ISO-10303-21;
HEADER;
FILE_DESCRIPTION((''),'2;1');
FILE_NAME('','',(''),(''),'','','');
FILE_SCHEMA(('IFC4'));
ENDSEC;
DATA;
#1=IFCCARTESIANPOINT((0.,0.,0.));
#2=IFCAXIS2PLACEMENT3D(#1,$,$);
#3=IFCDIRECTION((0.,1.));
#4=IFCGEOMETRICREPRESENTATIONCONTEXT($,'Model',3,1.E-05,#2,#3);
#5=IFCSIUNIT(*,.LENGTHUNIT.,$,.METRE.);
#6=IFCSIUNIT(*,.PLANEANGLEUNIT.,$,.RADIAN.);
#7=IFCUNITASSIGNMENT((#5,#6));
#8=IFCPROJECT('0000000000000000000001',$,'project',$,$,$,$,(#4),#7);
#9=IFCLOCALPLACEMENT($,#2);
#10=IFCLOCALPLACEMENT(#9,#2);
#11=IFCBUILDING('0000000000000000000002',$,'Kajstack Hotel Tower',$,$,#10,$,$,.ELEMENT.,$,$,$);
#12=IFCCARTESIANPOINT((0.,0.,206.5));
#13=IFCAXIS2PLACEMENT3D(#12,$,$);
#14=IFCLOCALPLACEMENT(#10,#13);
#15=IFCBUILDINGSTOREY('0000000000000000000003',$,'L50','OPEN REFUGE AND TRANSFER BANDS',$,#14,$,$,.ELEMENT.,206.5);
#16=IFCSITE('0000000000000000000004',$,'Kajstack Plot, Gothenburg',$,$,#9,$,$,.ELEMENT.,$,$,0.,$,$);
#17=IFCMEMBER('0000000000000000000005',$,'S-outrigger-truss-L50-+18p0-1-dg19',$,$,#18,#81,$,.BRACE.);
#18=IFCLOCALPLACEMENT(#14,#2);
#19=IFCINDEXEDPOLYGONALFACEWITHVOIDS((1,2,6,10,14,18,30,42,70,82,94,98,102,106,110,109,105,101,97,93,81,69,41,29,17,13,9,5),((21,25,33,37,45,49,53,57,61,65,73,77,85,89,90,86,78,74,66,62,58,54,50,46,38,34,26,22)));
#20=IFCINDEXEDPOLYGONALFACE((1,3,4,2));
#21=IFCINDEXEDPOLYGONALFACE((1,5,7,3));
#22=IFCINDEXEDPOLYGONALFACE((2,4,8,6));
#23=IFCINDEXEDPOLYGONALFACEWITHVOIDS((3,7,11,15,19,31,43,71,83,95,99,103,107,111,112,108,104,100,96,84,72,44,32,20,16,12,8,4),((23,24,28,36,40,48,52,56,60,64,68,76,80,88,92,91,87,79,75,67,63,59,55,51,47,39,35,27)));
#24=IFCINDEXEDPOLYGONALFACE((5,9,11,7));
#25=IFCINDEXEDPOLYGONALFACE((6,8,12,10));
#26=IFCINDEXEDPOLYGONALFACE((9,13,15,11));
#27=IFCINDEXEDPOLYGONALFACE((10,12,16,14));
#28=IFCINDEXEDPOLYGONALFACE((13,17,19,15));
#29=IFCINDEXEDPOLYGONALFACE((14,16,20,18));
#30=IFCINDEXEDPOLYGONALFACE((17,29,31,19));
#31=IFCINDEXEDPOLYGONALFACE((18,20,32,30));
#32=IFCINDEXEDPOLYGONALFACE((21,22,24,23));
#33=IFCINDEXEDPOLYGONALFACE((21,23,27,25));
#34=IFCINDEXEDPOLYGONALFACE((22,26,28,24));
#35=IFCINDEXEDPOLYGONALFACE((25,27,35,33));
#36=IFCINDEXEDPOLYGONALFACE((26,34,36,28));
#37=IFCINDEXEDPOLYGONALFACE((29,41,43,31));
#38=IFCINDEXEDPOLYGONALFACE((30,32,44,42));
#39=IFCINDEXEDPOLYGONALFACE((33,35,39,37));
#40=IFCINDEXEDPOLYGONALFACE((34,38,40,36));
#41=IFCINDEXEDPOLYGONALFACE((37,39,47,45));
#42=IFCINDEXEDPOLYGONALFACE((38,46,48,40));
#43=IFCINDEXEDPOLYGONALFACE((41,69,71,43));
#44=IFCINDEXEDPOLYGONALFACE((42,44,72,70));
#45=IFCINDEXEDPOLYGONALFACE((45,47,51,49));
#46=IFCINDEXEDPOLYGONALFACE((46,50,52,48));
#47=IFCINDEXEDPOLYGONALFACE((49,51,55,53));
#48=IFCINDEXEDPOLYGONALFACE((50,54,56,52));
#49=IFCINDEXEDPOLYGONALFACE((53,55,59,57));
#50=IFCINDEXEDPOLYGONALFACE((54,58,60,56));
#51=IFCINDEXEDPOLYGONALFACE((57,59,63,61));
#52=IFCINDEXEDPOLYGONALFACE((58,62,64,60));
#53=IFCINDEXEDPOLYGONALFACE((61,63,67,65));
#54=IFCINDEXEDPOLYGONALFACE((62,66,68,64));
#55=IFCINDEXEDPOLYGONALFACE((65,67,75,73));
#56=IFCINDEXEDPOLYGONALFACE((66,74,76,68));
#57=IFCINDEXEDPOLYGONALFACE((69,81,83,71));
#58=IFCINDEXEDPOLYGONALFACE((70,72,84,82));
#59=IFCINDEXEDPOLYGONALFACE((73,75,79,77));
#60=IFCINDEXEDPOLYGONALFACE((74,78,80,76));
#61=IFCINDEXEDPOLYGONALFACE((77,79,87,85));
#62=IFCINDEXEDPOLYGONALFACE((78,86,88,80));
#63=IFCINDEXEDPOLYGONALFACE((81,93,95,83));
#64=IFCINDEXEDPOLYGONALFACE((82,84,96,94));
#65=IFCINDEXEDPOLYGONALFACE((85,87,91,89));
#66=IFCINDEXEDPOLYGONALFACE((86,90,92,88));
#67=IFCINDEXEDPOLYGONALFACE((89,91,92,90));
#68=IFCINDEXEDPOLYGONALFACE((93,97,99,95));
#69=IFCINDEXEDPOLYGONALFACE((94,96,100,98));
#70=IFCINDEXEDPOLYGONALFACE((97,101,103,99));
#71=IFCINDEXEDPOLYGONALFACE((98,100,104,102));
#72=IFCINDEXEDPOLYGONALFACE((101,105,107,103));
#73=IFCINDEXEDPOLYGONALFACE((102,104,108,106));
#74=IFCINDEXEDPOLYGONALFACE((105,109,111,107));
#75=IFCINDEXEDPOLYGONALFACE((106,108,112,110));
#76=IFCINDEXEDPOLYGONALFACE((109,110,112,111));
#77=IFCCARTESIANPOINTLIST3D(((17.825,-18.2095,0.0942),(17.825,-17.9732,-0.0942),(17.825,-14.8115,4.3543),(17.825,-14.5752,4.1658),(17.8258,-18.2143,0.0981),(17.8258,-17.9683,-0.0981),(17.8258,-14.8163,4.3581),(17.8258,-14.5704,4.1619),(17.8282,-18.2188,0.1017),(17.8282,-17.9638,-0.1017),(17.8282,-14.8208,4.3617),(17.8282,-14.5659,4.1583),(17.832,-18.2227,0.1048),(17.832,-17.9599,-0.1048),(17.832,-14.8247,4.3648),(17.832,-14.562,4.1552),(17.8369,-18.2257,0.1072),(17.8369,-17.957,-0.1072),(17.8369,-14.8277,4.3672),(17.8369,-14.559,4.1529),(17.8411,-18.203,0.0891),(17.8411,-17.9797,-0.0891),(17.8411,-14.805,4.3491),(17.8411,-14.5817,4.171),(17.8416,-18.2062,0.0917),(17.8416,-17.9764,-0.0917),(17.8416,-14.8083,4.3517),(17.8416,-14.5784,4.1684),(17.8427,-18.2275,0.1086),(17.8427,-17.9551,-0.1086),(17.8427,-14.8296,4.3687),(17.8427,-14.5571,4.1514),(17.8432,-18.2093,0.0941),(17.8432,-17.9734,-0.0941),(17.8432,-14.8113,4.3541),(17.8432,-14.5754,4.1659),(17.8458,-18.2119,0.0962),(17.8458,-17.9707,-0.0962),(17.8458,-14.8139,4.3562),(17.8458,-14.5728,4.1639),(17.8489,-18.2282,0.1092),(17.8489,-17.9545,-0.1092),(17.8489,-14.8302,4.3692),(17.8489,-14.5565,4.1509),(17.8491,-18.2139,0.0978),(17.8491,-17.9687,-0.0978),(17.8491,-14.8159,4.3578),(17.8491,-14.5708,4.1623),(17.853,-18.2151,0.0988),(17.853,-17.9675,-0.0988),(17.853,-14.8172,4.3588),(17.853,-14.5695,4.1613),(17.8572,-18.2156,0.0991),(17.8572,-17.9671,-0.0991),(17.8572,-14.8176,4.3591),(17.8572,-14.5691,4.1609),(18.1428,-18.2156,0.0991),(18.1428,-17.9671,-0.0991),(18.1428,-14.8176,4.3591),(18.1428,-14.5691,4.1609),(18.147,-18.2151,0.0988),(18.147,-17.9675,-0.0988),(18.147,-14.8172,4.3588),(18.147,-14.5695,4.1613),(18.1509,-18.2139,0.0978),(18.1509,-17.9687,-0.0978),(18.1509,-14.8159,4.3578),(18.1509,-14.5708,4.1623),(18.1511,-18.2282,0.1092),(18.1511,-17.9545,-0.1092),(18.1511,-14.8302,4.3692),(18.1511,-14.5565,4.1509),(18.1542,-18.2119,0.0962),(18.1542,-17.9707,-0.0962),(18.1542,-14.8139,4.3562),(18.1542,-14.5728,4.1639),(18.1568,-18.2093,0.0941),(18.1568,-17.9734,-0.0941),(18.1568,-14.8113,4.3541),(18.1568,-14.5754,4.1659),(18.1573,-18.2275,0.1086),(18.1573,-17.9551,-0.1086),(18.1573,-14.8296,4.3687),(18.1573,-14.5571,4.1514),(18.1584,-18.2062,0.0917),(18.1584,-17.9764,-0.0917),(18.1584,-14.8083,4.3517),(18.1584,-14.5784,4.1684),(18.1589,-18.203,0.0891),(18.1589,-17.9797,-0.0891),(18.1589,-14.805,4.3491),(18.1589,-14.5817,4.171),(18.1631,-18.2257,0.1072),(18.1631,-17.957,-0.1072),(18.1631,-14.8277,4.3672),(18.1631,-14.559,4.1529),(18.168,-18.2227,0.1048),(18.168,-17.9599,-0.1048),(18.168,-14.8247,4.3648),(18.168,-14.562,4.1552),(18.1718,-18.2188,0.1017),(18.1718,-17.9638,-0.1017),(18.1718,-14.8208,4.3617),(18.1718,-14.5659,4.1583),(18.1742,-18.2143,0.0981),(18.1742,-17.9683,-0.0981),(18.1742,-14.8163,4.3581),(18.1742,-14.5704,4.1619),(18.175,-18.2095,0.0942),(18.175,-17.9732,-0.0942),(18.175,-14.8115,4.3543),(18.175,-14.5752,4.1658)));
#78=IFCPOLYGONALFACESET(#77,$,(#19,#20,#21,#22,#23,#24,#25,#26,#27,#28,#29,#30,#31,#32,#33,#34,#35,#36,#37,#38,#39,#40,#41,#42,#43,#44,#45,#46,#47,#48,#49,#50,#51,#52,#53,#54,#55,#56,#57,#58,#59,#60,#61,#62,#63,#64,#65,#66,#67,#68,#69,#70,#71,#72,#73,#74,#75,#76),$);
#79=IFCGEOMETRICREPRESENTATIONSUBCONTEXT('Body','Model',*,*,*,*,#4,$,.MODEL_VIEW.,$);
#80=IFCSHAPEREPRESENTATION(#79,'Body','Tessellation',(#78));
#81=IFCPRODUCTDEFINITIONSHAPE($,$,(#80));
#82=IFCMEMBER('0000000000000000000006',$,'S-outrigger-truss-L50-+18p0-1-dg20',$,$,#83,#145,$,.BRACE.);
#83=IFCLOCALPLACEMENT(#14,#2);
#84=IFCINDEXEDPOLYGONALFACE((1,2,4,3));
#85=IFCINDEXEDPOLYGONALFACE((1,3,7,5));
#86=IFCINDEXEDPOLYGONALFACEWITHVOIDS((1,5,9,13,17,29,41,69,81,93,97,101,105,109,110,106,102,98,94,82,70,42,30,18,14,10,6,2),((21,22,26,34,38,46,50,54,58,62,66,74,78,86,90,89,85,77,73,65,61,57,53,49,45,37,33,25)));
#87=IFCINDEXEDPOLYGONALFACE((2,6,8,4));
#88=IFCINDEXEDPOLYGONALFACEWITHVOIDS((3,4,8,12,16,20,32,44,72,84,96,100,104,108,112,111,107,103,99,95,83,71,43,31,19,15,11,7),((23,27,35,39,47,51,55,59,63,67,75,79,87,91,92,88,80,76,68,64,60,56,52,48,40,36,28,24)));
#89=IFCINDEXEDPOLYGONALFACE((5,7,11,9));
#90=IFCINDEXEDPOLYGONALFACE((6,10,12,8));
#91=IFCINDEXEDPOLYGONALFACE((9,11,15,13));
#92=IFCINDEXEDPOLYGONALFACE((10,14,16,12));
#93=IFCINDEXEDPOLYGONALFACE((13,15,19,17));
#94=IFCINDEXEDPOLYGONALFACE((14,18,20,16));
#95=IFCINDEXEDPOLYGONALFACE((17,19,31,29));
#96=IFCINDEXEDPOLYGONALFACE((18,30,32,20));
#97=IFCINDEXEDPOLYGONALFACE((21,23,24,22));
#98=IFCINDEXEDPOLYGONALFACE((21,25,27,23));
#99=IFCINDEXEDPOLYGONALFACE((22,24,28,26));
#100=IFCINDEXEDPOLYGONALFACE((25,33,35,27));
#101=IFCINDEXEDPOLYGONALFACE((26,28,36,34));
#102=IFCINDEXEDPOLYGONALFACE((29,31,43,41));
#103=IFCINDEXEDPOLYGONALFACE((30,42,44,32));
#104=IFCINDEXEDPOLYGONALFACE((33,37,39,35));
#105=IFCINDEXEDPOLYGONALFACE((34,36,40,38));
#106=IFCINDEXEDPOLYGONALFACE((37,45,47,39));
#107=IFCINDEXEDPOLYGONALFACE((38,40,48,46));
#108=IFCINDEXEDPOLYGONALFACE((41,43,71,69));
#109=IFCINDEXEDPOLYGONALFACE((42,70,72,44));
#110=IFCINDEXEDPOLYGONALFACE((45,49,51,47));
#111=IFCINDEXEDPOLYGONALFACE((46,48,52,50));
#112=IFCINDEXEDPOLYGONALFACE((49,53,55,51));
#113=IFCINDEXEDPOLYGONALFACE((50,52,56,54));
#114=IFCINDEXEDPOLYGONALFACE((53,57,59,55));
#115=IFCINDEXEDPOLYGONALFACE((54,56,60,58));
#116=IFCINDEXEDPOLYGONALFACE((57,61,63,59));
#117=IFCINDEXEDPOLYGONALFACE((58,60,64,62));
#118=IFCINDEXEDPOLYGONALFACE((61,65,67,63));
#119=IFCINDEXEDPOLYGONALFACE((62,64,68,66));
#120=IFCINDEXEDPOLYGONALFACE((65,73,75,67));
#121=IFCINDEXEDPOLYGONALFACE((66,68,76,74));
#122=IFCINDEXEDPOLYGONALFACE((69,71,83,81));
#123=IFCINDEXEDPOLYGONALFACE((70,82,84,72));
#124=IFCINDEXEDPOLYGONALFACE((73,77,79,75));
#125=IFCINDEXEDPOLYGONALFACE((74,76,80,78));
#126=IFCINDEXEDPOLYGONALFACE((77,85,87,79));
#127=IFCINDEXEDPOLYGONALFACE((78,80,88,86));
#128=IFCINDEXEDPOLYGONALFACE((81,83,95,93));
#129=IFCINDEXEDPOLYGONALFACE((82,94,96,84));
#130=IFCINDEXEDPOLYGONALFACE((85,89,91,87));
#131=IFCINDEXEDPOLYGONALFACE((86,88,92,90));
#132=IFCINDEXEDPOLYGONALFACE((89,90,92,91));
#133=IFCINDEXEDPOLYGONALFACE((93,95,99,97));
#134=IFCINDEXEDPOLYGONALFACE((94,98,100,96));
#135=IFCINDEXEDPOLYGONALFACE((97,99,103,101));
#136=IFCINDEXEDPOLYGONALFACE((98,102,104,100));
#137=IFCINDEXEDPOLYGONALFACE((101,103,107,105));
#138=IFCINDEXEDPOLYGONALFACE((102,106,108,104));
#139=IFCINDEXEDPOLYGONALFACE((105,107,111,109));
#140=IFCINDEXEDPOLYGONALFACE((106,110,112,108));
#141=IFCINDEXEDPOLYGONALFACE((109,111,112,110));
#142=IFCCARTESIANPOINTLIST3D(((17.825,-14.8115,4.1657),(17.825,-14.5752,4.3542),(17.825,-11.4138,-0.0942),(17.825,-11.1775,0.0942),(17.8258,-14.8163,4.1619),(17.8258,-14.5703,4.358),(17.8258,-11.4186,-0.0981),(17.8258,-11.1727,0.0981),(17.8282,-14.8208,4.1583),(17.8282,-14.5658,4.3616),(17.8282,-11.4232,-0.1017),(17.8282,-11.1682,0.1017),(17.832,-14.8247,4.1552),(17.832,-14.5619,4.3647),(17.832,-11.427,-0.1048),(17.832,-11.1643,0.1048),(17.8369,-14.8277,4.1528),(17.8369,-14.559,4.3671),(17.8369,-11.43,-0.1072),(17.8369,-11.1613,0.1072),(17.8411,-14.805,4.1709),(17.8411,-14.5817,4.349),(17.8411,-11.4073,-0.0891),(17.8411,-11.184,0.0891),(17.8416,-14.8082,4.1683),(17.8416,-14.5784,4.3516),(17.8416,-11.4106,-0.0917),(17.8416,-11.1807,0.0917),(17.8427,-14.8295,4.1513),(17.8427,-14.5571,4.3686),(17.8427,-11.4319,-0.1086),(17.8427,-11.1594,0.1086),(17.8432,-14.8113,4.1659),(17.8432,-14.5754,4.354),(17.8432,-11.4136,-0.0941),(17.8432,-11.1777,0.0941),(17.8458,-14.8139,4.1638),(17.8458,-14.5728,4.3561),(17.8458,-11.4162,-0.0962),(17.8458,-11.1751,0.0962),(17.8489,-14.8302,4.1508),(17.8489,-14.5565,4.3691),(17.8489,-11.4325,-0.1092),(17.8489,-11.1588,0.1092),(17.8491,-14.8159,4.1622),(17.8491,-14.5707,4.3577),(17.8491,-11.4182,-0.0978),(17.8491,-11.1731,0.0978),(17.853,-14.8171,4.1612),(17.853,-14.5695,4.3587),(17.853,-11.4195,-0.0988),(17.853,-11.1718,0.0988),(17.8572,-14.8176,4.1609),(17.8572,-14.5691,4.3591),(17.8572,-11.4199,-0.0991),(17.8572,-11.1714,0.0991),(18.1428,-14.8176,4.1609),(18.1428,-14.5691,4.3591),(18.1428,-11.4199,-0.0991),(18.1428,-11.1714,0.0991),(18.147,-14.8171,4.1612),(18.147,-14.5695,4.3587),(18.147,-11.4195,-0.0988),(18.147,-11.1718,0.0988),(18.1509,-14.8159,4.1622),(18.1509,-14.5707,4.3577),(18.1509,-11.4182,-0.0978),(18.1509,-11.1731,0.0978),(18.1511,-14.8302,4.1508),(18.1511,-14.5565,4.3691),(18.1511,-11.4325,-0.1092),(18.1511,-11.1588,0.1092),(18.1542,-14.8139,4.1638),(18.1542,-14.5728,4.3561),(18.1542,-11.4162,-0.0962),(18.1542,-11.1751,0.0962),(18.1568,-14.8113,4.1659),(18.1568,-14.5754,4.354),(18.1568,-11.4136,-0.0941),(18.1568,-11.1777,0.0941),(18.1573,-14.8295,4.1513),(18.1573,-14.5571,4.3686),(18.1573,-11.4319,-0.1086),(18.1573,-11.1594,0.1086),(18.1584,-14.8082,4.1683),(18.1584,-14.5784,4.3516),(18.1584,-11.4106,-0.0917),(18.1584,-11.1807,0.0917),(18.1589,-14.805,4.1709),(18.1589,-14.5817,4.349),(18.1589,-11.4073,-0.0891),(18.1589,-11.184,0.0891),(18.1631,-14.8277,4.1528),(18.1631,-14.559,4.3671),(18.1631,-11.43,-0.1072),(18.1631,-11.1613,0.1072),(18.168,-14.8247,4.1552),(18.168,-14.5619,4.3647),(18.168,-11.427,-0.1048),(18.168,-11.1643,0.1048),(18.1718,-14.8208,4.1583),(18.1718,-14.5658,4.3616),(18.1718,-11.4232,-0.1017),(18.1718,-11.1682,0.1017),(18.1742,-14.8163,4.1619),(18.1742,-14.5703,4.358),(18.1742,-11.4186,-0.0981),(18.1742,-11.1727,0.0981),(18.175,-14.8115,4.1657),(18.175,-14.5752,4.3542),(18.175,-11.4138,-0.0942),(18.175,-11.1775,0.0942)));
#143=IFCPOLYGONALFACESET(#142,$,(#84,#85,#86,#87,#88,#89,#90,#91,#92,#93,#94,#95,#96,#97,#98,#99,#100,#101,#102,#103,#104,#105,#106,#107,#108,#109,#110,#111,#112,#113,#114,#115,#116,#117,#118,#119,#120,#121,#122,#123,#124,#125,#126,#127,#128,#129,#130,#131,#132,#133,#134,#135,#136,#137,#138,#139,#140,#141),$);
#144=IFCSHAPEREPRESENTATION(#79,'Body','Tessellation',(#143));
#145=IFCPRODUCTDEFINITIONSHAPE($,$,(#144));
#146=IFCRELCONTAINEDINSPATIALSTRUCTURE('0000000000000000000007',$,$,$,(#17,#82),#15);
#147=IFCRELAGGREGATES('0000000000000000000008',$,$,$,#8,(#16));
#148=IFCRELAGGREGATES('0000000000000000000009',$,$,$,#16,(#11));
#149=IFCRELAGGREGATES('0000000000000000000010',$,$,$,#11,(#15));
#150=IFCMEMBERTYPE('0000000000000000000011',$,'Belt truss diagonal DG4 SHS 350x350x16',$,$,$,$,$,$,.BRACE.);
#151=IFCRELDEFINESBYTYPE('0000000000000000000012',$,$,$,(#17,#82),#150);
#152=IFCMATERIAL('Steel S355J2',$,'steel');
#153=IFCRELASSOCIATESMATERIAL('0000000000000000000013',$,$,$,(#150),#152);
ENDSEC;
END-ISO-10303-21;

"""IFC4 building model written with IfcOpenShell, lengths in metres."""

from ifc_helpers import new_model, si_unit, direction, frame, origin, origin_2d, place, context, subcontext, project, spatial, hollow_rectangle, extrude, material, material_profile, profile_set, type_object, element, save


model = new_model("IFC4")

# Units and contexts
model_context = context("Model", 3, precision=1e-05, world=origin(), true_north=direction((0.0, 1.0)))
body_context = subcontext(model_context, "Body", "Model", "MODEL_VIEW")
ifc_project = project(units=[si_unit("LENGTHUNIT", "METRE"), si_unit("PLANEANGLEUNIT", "RADIAN")], contexts=[model_context])

# Site, building, storey
site_placement = place(None, origin())
site = spatial("IfcSite", under=ifc_project, at=site_placement, Name="Kajstack Plot, Gothenburg", CompositionType="ELEMENT", RefElevation=0.0)
building_placement = place(site_placement, origin())
building = spatial("IfcBuilding", under=site, at=building_placement, Name="Kajstack Hotel Tower", CompositionType="ELEMENT")
storey_placement = place(building_placement, frame((0.0, 0.0, 206.5)))
storey = spatial("IfcBuildingStorey", under=building, at=storey_placement, Name="L50", Description="OPEN REFUGE AND TRANSFER BANDS", CompositionType="ELEMENT", Elevation=206.5)

# Members
ifc_material = material(Name="Steel S355J2", Category="steel")
ifc_material_profile_1 = material_profile(ifc_material, hollow_rectangle(XDim=0.3501, YDim=0.3501, WallThickness=0.0161, InnerFilletRadius=0.0161, OuterFilletRadius=0.0239, at=origin_2d()), Name="SHS 350x350x16")
ifc_profile_set_1 = profile_set([ifc_material_profile_1], Name="Steel S355J2")
member_type_1 = type_object("IfcMemberType", Name="Belt truss diagonal DG4 SHS 350x350x16", PredefinedType="BRACE", material=ifc_profile_set_1)
member_1_placement = place(storey_placement, frame((18.0, -18.0913, 0.0), z_axis=(0.0, 0.623569, 0.781768), x_axis=(-1.0, 0.0, 0.0)))
element("IfcMember", 1, at=member_1_placement, inside=storey, type_object=member_type_1, Name="S-outrigger-truss-L50-+18p0-1-dg19", PredefinedType="BRACE", context=body_context, shape_type="SweptSolid", body=[
    extrude(hollow_rectangle(XDim=0.3501, YDim=0.3501, WallThickness=0.0161, InnerFilletRadius=0.0161, OuterFilletRadius=0.0239, at=origin_2d()), origin(), (0.0, 0.0, 1.0), 5.4492),
])
member_2_placement = place(storey_placement, frame((18.0, -11.2957, 0.0), z_axis=(0.0, -0.623541, 0.78179), x_axis=(1.0, 0.0, 0.0)))
element("IfcMember", 2, at=member_2_placement, inside=storey, type_object=member_type_1, Name="S-outrigger-truss-L50-+18p0-1-dg20", PredefinedType="BRACE", context=body_context, shape_type="SweptSolid", body=[
    extrude(hollow_rectangle(XDim=0.3501, YDim=0.3501, WallThickness=0.0161, InnerFilletRadius=0.0161, OuterFilletRadius=0.0239, at=origin_2d()), origin(), (0.0, 0.0, 1.0), 5.449),
])

save(model, "model.ifc")
